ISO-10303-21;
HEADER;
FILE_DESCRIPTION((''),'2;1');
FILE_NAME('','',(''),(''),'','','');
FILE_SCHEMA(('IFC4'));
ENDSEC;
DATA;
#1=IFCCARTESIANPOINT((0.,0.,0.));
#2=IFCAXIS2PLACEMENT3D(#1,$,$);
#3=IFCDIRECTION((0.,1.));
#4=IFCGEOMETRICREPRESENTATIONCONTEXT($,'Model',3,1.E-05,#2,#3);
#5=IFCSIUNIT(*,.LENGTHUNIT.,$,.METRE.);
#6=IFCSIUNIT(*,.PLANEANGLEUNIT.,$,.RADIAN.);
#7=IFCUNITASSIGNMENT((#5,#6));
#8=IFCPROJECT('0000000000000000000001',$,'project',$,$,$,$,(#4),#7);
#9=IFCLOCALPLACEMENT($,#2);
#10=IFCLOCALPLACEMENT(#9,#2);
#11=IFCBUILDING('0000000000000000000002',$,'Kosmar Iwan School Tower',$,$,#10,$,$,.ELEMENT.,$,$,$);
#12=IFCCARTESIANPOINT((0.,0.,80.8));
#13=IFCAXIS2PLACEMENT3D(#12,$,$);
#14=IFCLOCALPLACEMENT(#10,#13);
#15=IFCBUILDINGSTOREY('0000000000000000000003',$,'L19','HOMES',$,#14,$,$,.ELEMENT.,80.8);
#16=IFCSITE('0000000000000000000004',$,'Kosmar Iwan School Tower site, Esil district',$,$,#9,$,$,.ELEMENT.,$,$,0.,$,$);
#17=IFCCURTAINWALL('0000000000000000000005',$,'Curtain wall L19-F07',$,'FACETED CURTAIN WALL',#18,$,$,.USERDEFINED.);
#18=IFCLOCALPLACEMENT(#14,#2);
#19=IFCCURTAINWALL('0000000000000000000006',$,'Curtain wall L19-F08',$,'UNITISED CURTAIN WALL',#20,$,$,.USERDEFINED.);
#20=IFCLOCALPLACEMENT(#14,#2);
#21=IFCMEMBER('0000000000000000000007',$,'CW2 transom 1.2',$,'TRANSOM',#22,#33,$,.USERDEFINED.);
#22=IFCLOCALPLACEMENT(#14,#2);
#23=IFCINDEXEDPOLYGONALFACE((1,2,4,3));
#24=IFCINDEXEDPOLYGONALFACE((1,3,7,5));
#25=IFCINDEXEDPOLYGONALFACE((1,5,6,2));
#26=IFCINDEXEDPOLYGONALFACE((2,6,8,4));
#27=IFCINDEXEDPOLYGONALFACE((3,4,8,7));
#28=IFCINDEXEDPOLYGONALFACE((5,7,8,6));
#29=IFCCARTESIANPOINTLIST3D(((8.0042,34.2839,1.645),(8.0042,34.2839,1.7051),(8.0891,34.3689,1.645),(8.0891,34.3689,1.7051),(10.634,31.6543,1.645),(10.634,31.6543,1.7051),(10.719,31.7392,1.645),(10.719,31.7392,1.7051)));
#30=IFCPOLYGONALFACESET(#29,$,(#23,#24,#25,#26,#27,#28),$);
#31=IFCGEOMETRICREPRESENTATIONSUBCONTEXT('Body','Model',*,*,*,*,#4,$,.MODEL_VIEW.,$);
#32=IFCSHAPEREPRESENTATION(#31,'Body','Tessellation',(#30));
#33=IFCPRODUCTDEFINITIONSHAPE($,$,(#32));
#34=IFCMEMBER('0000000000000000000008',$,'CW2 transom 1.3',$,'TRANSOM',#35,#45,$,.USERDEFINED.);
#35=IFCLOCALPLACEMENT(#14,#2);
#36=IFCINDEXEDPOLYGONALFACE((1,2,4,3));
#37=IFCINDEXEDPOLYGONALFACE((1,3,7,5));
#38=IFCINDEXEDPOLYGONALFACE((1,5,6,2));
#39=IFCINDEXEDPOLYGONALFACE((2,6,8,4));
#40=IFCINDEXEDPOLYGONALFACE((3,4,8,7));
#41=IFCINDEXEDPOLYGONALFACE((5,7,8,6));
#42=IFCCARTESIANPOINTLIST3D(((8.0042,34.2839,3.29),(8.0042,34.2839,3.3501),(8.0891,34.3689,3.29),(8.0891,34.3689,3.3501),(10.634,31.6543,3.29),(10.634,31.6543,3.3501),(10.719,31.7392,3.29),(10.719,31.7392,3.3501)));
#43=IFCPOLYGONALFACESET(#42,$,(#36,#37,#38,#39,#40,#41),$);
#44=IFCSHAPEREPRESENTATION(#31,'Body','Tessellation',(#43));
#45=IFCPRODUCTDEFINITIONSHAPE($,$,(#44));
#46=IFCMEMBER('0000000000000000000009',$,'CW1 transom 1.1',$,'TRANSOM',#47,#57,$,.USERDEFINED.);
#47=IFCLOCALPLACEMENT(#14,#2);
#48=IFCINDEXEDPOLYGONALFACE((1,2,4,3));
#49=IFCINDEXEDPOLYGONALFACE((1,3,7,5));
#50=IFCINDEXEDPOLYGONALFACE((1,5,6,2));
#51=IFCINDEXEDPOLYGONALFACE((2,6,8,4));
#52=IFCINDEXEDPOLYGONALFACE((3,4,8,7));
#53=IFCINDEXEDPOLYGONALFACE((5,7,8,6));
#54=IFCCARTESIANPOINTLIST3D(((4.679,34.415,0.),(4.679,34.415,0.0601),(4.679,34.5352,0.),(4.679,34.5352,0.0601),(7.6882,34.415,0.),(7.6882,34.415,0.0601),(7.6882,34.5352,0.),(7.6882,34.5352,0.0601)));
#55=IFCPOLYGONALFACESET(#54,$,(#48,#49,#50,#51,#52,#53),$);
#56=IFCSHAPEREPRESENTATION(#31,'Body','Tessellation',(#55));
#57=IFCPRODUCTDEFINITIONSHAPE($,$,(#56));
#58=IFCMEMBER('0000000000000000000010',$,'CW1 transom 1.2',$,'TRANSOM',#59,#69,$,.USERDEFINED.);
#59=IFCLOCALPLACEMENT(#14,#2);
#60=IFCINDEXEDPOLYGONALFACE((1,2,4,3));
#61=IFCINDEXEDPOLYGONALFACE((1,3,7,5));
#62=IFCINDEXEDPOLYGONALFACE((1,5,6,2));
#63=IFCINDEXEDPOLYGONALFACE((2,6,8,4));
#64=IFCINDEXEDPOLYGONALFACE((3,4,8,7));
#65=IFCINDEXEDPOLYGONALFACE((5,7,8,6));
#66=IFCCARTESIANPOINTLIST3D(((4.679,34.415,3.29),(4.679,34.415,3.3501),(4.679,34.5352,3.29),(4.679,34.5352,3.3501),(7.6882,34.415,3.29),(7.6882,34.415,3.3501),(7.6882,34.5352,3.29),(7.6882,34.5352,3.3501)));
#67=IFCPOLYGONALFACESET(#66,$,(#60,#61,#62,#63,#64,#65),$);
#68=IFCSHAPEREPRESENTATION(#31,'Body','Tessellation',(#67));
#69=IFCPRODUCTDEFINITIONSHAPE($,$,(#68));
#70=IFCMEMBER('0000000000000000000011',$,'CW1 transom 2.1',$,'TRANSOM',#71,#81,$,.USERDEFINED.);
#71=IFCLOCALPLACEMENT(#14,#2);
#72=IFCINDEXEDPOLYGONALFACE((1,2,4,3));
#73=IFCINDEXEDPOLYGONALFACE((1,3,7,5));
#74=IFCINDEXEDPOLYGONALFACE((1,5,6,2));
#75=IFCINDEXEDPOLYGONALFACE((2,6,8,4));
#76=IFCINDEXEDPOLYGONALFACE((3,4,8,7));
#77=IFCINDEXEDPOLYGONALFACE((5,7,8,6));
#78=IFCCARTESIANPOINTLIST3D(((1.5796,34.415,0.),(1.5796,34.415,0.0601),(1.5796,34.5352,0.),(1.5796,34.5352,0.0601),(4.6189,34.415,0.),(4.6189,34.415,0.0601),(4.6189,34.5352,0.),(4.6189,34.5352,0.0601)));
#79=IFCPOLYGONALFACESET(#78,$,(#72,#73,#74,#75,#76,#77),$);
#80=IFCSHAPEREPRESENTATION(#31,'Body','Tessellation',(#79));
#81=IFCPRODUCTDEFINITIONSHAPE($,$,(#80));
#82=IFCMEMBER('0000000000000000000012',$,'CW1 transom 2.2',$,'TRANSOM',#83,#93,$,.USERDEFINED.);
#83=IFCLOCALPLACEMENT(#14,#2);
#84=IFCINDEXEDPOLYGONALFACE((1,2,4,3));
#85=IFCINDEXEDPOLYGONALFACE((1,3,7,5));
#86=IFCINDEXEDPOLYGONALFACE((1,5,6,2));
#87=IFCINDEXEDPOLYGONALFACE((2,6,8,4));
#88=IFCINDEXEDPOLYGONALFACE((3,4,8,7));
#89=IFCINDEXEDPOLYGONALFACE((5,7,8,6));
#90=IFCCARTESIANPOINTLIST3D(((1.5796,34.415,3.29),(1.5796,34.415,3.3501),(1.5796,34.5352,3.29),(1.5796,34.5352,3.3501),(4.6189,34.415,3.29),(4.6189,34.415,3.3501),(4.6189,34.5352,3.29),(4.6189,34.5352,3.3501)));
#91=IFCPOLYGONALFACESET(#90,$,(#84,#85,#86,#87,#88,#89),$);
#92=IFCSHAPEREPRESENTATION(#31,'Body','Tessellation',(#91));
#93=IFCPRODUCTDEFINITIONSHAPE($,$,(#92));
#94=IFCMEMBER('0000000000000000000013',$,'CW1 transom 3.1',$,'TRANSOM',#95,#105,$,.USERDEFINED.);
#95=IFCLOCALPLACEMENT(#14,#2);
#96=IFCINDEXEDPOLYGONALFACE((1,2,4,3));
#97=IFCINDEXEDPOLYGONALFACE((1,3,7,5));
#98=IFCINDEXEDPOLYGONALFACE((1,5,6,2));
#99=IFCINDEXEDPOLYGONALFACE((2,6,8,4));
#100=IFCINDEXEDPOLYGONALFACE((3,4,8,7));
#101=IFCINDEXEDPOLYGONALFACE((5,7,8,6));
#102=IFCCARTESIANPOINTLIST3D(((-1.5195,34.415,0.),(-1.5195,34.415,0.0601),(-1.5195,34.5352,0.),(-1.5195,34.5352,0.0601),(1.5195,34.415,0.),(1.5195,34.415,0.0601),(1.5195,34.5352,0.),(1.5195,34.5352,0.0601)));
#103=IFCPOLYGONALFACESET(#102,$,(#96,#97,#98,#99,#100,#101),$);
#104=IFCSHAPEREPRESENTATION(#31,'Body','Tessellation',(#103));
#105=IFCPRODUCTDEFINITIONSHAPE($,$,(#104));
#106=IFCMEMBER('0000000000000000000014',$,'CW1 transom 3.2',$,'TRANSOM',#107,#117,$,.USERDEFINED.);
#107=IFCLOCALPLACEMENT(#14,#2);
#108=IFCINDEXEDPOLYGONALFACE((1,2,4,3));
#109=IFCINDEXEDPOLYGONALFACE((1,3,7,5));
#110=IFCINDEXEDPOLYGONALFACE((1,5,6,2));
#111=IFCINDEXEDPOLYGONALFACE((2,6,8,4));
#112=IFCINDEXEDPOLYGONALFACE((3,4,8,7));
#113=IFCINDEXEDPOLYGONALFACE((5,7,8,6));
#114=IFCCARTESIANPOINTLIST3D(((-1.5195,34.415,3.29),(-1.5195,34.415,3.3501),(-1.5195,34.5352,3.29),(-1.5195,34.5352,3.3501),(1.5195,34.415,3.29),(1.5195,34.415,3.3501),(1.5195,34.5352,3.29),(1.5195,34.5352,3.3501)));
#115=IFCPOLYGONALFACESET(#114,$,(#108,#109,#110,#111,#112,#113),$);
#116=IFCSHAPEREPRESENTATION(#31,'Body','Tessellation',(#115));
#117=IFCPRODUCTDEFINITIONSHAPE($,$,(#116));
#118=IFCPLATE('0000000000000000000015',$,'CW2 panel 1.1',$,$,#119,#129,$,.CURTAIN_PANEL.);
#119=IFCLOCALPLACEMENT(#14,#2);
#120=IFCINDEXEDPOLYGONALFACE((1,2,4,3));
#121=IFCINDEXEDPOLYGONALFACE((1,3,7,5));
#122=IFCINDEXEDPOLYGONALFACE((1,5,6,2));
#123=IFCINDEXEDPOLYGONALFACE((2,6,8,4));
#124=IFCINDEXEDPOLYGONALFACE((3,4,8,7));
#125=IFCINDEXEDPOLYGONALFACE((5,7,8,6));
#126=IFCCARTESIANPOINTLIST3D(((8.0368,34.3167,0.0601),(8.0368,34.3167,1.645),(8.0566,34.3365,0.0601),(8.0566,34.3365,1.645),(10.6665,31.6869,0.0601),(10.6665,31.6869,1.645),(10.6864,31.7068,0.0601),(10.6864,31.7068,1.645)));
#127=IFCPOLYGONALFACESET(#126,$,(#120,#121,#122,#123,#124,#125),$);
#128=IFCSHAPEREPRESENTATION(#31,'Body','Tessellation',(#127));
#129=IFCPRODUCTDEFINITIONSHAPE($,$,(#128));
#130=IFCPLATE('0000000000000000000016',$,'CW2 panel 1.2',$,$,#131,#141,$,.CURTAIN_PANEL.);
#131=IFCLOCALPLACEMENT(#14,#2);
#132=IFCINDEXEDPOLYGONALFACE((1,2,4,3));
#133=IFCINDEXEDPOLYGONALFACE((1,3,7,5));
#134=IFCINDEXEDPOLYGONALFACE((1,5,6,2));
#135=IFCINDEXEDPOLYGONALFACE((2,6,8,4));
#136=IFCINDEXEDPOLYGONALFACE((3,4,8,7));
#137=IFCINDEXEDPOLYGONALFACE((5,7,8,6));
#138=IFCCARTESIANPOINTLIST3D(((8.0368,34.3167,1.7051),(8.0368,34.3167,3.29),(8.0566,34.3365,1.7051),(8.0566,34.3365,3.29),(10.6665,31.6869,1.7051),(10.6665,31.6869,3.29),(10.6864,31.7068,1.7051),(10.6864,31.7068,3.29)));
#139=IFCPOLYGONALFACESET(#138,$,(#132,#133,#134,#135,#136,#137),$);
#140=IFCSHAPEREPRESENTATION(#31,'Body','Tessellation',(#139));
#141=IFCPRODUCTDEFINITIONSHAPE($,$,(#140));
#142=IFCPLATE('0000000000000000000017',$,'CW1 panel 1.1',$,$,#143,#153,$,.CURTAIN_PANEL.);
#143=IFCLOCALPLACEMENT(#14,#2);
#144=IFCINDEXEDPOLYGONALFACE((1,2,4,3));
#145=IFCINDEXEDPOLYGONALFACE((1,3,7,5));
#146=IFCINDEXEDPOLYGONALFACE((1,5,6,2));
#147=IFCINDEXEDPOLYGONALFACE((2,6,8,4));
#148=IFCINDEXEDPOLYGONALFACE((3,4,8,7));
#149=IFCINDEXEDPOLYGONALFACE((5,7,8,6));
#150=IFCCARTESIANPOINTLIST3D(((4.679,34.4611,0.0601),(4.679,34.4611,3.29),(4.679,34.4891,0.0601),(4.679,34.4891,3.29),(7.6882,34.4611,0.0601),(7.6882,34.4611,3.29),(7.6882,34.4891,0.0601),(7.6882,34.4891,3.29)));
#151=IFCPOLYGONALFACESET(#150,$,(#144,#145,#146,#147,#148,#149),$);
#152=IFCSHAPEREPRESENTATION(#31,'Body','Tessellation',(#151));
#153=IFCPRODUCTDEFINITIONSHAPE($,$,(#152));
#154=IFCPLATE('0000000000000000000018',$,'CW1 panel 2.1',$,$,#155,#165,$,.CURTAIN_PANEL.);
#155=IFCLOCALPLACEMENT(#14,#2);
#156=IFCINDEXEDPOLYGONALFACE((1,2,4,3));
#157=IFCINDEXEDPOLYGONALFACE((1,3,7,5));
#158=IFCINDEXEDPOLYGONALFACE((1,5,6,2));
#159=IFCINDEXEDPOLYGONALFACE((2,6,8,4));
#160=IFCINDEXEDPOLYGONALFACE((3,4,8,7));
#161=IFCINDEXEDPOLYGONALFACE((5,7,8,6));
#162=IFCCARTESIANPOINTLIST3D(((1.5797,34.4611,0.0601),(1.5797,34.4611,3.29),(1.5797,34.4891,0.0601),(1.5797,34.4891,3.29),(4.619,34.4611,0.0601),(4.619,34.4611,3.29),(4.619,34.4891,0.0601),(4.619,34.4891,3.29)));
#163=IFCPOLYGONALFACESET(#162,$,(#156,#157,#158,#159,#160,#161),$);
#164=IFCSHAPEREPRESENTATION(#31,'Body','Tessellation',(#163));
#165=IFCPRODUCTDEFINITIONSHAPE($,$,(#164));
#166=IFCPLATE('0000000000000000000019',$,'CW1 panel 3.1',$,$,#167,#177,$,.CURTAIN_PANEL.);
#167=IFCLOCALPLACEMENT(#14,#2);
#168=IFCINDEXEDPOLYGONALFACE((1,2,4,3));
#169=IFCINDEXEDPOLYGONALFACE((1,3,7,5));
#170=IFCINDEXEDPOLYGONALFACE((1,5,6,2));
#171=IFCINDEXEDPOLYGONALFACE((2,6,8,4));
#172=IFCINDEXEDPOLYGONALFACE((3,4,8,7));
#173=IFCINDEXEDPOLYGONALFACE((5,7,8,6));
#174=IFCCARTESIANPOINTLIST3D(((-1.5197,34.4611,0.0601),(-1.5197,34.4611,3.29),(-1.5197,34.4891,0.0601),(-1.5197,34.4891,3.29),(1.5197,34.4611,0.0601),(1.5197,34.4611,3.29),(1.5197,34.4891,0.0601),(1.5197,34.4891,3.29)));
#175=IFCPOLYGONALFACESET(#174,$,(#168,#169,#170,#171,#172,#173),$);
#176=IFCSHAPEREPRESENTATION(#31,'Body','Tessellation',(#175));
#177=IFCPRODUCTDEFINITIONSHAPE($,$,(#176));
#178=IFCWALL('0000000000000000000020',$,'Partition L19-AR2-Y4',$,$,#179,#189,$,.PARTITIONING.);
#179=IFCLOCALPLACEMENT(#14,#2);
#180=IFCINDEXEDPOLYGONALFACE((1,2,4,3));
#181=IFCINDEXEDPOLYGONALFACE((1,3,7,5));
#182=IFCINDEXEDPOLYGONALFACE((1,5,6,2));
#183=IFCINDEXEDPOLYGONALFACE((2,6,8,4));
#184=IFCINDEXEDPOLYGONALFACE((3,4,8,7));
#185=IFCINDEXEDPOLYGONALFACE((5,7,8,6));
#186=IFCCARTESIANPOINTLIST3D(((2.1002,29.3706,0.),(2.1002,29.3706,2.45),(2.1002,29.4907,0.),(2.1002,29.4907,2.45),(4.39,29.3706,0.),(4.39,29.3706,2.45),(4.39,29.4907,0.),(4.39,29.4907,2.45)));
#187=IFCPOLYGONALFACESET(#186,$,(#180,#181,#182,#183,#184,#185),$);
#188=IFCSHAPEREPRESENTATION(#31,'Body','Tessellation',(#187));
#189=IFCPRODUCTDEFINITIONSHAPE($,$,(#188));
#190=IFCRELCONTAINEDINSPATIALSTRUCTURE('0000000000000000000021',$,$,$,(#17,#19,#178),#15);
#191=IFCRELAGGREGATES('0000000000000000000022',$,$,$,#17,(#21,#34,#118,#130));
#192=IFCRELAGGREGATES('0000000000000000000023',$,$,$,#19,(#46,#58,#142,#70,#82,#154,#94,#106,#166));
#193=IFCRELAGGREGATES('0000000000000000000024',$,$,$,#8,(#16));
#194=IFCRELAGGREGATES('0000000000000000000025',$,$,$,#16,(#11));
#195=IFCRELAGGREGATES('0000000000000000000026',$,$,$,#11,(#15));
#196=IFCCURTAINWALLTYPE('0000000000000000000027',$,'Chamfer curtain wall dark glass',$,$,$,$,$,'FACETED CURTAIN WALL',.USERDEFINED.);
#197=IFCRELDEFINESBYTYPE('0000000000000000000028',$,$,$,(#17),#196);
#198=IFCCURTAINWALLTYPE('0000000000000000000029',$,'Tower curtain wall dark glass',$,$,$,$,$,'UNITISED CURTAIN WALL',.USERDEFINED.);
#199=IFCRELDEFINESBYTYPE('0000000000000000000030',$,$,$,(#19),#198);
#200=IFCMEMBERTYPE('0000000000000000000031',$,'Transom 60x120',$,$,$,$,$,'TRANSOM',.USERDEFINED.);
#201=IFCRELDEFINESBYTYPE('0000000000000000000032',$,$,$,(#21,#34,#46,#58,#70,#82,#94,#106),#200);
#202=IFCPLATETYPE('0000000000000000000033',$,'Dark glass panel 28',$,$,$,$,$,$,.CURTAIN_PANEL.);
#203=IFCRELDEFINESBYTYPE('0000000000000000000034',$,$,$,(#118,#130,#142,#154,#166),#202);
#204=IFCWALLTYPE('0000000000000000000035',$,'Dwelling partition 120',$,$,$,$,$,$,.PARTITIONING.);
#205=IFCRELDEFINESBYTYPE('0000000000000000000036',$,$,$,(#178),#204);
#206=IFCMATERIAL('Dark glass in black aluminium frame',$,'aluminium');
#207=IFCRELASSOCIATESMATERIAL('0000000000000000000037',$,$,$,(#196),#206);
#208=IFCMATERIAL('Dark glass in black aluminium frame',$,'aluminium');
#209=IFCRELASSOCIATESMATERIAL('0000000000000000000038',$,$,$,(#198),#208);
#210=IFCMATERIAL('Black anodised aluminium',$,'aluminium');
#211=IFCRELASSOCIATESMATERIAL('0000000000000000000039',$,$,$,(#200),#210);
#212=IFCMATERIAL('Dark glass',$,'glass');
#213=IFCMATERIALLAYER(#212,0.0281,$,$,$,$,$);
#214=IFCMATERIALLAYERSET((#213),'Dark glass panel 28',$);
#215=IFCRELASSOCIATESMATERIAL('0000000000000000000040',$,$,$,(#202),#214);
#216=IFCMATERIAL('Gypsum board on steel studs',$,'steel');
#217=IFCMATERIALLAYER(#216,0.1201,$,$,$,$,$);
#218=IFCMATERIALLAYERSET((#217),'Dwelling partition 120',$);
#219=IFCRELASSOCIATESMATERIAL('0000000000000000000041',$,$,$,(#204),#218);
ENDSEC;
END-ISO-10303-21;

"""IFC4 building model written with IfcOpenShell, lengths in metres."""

from ifc_helpers import new_model, si_unit, direction, frame, frame_2d, origin, origin_2d, place, context, subcontext, project, spatial, rectangle, extrude, material, layer, layer_set, material_profile, profile_set, type_object, element, aggregate, save


model = new_model("IFC4")

# Units and contexts
model_context = context("Model", 3, precision=1e-05, world=origin(), true_north=direction((0.0, 1.0)))
body_context = subcontext(model_context, "Body", "Model", "MODEL_VIEW")
ifc_project = project(units=[si_unit("LENGTHUNIT", "METRE"), si_unit("PLANEANGLEUNIT", "RADIAN")], contexts=[model_context])

# Site, building, storey
site_placement = place(None, origin())
site = spatial("IfcSite", under=ifc_project, at=site_placement, Name="Kosmar Iwan School Tower site, Esil district", CompositionType="ELEMENT", RefElevation=0.0)
building_placement = place(site_placement, origin())
building = spatial("IfcBuilding", under=site, at=building_placement, Name="Kosmar Iwan School Tower", CompositionType="ELEMENT")
storey_placement = place(building_placement, frame((0.0, 0.0, 80.8)))
storey = spatial("IfcBuildingStorey", under=building, at=storey_placement, Name="L19", Description="HOMES", CompositionType="ELEMENT", Elevation=80.8)

# Curtain walls
ifc_material_1 = material(Name="Dark glass in black aluminium frame", Category="aluminium")
curtain_wall_type_1 = type_object("IfcCurtainWallType", Name="Chamfer curtain wall dark glass", ElementType="FACETED CURTAIN WALL", PredefinedType="USERDEFINED", material=ifc_material_1)
curtain_wall_1_placement = place(storey_placement, origin())
curtain_wall_1 = element("IfcCurtainWall", 1, at=curtain_wall_1_placement, inside=storey, type_object=curtain_wall_type_1, Name="Curtain wall L19-F07", ObjectType="FACETED CURTAIN WALL", PredefinedType="USERDEFINED")
ifc_material_2 = material(Name="Dark glass in black aluminium frame", Category="aluminium")
curtain_wall_type_2 = type_object("IfcCurtainWallType", Name="Tower curtain wall dark glass", ElementType="UNITISED CURTAIN WALL", PredefinedType="USERDEFINED", material=ifc_material_2)
curtain_wall_2_placement = place(storey_placement, origin())
curtain_wall_2 = element("IfcCurtainWall", 2, at=curtain_wall_2_placement, inside=storey, type_object=curtain_wall_type_2, Name="Curtain wall L19-F08", ObjectType="UNITISED CURTAIN WALL", PredefinedType="USERDEFINED")

# Members
ifc_material_3 = material(Name="Black anodised aluminium", Category="aluminium")
ifc_material_profile_1 = material_profile(ifc_material_3, rectangle(XDim=0.1201, YDim=0.0601, at=origin_2d()), Name="TRANSOM 60x120")
ifc_profile_set_1 = profile_set([ifc_material_profile_1], Name="Black anodised aluminium")
member_type_1 = type_object("IfcMemberType", Name="Transom 60x120", ElementType="TRANSOM", PredefinedType="USERDEFINED", material=ifc_profile_set_1)
member_1_placement = place(storey_placement, frame((10.6765, 31.6968, 1.675), z_axis=(-0.70714, 0.707074, 0.0), x_axis=(-0.707074, -0.70714, 0.0)))
member_1 = element("IfcMember", 3, at=member_1_placement, type_object=member_type_1, Name="CW2 transom 1.2", ObjectType="TRANSOM", PredefinedType="USERDEFINED", context=body_context, shape_type="SweptSolid", body=[
    extrude(rectangle(XDim=0.1201, YDim=0.0601, at=origin_2d()), origin(), (0.0, 0.0, 1.0), 3.719),
])
member_2_placement = place(storey_placement, frame((10.6765, 31.6968, 3.3201), z_axis=(-0.70714, 0.707074, 0.0), x_axis=(-0.707074, -0.70714, 0.0)))
member_2 = element("IfcMember", 4, at=member_2_placement, type_object=member_type_1, Name="CW2 transom 1.3", ObjectType="TRANSOM", PredefinedType="USERDEFINED", context=body_context, shape_type="SweptSolid", body=[
    extrude(rectangle(XDim=0.1201, YDim=0.0601, at=origin_2d()), origin(), (0.0, 0.0, 1.0), 3.719),
])
member_3_placement = place(storey_placement, frame((7.6882, 34.4751, 0.03), z_axis=(-1.0, 0.0, 0.0), x_axis=(0.0, -1.0, 0.0)))
member_3 = element("IfcMember", 5, at=member_3_placement, type_object=member_type_1, Name="CW1 transom 1.1", ObjectType="TRANSOM", PredefinedType="USERDEFINED", context=body_context, shape_type="SweptSolid", body=[
    extrude(rectangle(XDim=0.1201, YDim=0.0601, at=origin_2d()), origin(), (0.0, 0.0, 1.0), 3.0093),
])
member_4_placement = place(storey_placement, frame((7.6882, 34.4751, 3.3201), z_axis=(-1.0, 0.0, 0.0), x_axis=(0.0, -1.0, 0.0)))
member_4 = element("IfcMember", 6, at=member_4_placement, type_object=member_type_1, Name="CW1 transom 1.2", ObjectType="TRANSOM", PredefinedType="USERDEFINED", context=body_context, shape_type="SweptSolid", body=[
    extrude(rectangle(XDim=0.1201, YDim=0.0601, at=origin_2d()), origin(), (0.0, 0.0, 1.0), 3.0093),
])
member_5_placement = place(storey_placement, frame((4.6189, 34.4751, 0.03), z_axis=(-1.0, 0.0, 0.0), x_axis=(0.0, -1.0, 0.0)))
member_5 = element("IfcMember", 7, at=member_5_placement, type_object=member_type_1, Name="CW1 transom 2.1", ObjectType="TRANSOM", PredefinedType="USERDEFINED", context=body_context, shape_type="SweptSolid", body=[
    extrude(rectangle(XDim=0.1201, YDim=0.0601, at=origin_2d()), origin(), (0.0, 0.0, 1.0), 3.0393),
])
member_6_placement = place(storey_placement, frame((4.6189, 34.4751, 3.3201), z_axis=(-1.0, 0.0, 0.0), x_axis=(0.0, -1.0, 0.0)))
member_6 = element("IfcMember", 8, at=member_6_placement, type_object=member_type_1, Name="CW1 transom 2.2", ObjectType="TRANSOM", PredefinedType="USERDEFINED", context=body_context, shape_type="SweptSolid", body=[
    extrude(rectangle(XDim=0.1201, YDim=0.0601, at=origin_2d()), origin(), (0.0, 0.0, 1.0), 3.0393),
])
member_7_placement = place(storey_placement, frame((1.5195, 34.4751, 0.03), z_axis=(-1.0, 0.0, 0.0), x_axis=(0.0, -1.0, 0.0)))
member_7 = element("IfcMember", 9, at=member_7_placement, type_object=member_type_1, Name="CW1 transom 3.1", ObjectType="TRANSOM", PredefinedType="USERDEFINED", context=body_context, shape_type="SweptSolid", body=[
    extrude(rectangle(XDim=0.1201, YDim=0.0601, at=origin_2d()), origin(), (0.0, 0.0, 1.0), 3.0391),
])
member_8_placement = place(storey_placement, frame((1.5195, 34.4751, 3.3201), z_axis=(-1.0, 0.0, 0.0), x_axis=(0.0, -1.0, 0.0)))
member_8 = element("IfcMember", 10, at=member_8_placement, type_object=member_type_1, Name="CW1 transom 3.2", ObjectType="TRANSOM", PredefinedType="USERDEFINED", context=body_context, shape_type="SweptSolid", body=[
    extrude(rectangle(XDim=0.1201, YDim=0.0601, at=origin_2d()), origin(), (0.0, 0.0, 1.0), 3.0391),
])

# Plates
ifc_material_4 = material(Name="Dark glass", Category="glass")
ifc_layer_1 = layer(ifc_material_4, 0.0281)
ifc_layer_set_1 = layer_set([ifc_layer_1], Name="Dark glass panel 28")
plate_type = type_object("IfcPlateType", Name="Dark glass panel 28", PredefinedType="CURTAIN_PANEL", material=ifc_layer_set_1)
plate_1_placement = place(storey_placement, frame((9.3616, 33.0117, 0.0601), z_axis=(0.0, 0.0, 1.0), x_axis=(-0.707107, 0.707107, 0.0)))
plate_1 = element("IfcPlate", 11, at=plate_1_placement, type_object=plate_type, Name="CW2 panel 1.1", PredefinedType="CURTAIN_PANEL", context=body_context, shape_type="SweptSolid", body=[
    extrude(rectangle(XDim=3.719, YDim=0.0281, at=origin_2d()), origin(), (0.0, 0.0, 1.0), 1.585),
])
plate_2_placement = place(storey_placement, frame((9.3616, 33.0117, 1.7051), z_axis=(0.0, 0.0, 1.0), x_axis=(-0.707107, 0.707107, 0.0)))
plate_2 = element("IfcPlate", 12, at=plate_2_placement, type_object=plate_type, Name="CW2 panel 1.2", PredefinedType="CURTAIN_PANEL", context=body_context, shape_type="SweptSolid", body=[
    extrude(rectangle(XDim=3.719, YDim=0.0281, at=origin_2d()), origin(), (0.0, 0.0, 1.0), 1.585),
])
aggregate(curtain_wall_1, [member_1, member_2, plate_1, plate_2])
plate_3_placement = place(storey_placement, frame((6.1836, 34.4751, 0.0601), z_axis=(0.0, 0.0, 1.0), x_axis=(-1.0, 0.0, 0.0)))
plate_3 = element("IfcPlate", 13, at=plate_3_placement, type_object=plate_type, Name="CW1 panel 1.1", PredefinedType="CURTAIN_PANEL", context=body_context, shape_type="SweptSolid", body=[
    extrude(rectangle(XDim=3.0093, YDim=0.0281, at=origin_2d()), origin(), (0.0, 0.0, 1.0), 3.23),
])
plate_4_placement = place(storey_placement, frame((3.0994, 34.4751, 0.0601), z_axis=(0.0, 0.0, 1.0), x_axis=(-1.0, 0.0, 0.0)))
plate_4 = element("IfcPlate", 14, at=plate_4_placement, type_object=plate_type, Name="CW1 panel 2.1", PredefinedType="CURTAIN_PANEL", context=body_context, shape_type="SweptSolid", body=[
    extrude(rectangle(XDim=3.0393, YDim=0.0281, at=origin_2d()), origin(), (0.0, 0.0, 1.0), 3.23),
])
plate_5_placement = place(storey_placement, frame((0.0, 34.4751, 0.0601), z_axis=(0.0, 0.0, 1.0), x_axis=(-1.0, 0.0, 0.0)))
plate_5 = element("IfcPlate", 15, at=plate_5_placement, type_object=plate_type, Name="CW1 panel 3.1", PredefinedType="CURTAIN_PANEL", context=body_context, shape_type="SweptSolid", body=[
    extrude(rectangle(XDim=3.0393, YDim=0.0281, at=origin_2d()), origin(), (0.0, 0.0, 1.0), 3.23),
])
aggregate(curtain_wall_2, [member_3, member_4, plate_3, member_5, member_6, plate_4, member_7, member_8, plate_5])

# Wall
ifc_material_5 = material(Name="Gypsum board on steel studs", Category="steel")
ifc_layer_2 = layer(ifc_material_5, 0.1201)
ifc_layer_set_2 = layer_set([ifc_layer_2], Name="Dwelling partition 120")
wall_type = type_object("IfcWallType", Name="Dwelling partition 120", PredefinedType="PARTITIONING", material=ifc_layer_set_2)
wall_placement = place(storey_placement, frame((2.1001, 29.4307, 0.0), z_axis=(0.0, 0.0, 1.0), x_axis=(1.0, 0.0, 0.0)))
element("IfcWall", 16, at=wall_placement, inside=storey, type_object=wall_type, Name="Partition L19-AR2-Y4", PredefinedType="PARTITIONING", context=body_context, shape_type="SweptSolid", body=[
    extrude(rectangle(XDim=2.2898, YDim=0.1201, at=frame_2d((1.145, 0.0))), origin(), (0.0, 0.0, 1.0), 2.45),
])

save(model, "model.ifc")
